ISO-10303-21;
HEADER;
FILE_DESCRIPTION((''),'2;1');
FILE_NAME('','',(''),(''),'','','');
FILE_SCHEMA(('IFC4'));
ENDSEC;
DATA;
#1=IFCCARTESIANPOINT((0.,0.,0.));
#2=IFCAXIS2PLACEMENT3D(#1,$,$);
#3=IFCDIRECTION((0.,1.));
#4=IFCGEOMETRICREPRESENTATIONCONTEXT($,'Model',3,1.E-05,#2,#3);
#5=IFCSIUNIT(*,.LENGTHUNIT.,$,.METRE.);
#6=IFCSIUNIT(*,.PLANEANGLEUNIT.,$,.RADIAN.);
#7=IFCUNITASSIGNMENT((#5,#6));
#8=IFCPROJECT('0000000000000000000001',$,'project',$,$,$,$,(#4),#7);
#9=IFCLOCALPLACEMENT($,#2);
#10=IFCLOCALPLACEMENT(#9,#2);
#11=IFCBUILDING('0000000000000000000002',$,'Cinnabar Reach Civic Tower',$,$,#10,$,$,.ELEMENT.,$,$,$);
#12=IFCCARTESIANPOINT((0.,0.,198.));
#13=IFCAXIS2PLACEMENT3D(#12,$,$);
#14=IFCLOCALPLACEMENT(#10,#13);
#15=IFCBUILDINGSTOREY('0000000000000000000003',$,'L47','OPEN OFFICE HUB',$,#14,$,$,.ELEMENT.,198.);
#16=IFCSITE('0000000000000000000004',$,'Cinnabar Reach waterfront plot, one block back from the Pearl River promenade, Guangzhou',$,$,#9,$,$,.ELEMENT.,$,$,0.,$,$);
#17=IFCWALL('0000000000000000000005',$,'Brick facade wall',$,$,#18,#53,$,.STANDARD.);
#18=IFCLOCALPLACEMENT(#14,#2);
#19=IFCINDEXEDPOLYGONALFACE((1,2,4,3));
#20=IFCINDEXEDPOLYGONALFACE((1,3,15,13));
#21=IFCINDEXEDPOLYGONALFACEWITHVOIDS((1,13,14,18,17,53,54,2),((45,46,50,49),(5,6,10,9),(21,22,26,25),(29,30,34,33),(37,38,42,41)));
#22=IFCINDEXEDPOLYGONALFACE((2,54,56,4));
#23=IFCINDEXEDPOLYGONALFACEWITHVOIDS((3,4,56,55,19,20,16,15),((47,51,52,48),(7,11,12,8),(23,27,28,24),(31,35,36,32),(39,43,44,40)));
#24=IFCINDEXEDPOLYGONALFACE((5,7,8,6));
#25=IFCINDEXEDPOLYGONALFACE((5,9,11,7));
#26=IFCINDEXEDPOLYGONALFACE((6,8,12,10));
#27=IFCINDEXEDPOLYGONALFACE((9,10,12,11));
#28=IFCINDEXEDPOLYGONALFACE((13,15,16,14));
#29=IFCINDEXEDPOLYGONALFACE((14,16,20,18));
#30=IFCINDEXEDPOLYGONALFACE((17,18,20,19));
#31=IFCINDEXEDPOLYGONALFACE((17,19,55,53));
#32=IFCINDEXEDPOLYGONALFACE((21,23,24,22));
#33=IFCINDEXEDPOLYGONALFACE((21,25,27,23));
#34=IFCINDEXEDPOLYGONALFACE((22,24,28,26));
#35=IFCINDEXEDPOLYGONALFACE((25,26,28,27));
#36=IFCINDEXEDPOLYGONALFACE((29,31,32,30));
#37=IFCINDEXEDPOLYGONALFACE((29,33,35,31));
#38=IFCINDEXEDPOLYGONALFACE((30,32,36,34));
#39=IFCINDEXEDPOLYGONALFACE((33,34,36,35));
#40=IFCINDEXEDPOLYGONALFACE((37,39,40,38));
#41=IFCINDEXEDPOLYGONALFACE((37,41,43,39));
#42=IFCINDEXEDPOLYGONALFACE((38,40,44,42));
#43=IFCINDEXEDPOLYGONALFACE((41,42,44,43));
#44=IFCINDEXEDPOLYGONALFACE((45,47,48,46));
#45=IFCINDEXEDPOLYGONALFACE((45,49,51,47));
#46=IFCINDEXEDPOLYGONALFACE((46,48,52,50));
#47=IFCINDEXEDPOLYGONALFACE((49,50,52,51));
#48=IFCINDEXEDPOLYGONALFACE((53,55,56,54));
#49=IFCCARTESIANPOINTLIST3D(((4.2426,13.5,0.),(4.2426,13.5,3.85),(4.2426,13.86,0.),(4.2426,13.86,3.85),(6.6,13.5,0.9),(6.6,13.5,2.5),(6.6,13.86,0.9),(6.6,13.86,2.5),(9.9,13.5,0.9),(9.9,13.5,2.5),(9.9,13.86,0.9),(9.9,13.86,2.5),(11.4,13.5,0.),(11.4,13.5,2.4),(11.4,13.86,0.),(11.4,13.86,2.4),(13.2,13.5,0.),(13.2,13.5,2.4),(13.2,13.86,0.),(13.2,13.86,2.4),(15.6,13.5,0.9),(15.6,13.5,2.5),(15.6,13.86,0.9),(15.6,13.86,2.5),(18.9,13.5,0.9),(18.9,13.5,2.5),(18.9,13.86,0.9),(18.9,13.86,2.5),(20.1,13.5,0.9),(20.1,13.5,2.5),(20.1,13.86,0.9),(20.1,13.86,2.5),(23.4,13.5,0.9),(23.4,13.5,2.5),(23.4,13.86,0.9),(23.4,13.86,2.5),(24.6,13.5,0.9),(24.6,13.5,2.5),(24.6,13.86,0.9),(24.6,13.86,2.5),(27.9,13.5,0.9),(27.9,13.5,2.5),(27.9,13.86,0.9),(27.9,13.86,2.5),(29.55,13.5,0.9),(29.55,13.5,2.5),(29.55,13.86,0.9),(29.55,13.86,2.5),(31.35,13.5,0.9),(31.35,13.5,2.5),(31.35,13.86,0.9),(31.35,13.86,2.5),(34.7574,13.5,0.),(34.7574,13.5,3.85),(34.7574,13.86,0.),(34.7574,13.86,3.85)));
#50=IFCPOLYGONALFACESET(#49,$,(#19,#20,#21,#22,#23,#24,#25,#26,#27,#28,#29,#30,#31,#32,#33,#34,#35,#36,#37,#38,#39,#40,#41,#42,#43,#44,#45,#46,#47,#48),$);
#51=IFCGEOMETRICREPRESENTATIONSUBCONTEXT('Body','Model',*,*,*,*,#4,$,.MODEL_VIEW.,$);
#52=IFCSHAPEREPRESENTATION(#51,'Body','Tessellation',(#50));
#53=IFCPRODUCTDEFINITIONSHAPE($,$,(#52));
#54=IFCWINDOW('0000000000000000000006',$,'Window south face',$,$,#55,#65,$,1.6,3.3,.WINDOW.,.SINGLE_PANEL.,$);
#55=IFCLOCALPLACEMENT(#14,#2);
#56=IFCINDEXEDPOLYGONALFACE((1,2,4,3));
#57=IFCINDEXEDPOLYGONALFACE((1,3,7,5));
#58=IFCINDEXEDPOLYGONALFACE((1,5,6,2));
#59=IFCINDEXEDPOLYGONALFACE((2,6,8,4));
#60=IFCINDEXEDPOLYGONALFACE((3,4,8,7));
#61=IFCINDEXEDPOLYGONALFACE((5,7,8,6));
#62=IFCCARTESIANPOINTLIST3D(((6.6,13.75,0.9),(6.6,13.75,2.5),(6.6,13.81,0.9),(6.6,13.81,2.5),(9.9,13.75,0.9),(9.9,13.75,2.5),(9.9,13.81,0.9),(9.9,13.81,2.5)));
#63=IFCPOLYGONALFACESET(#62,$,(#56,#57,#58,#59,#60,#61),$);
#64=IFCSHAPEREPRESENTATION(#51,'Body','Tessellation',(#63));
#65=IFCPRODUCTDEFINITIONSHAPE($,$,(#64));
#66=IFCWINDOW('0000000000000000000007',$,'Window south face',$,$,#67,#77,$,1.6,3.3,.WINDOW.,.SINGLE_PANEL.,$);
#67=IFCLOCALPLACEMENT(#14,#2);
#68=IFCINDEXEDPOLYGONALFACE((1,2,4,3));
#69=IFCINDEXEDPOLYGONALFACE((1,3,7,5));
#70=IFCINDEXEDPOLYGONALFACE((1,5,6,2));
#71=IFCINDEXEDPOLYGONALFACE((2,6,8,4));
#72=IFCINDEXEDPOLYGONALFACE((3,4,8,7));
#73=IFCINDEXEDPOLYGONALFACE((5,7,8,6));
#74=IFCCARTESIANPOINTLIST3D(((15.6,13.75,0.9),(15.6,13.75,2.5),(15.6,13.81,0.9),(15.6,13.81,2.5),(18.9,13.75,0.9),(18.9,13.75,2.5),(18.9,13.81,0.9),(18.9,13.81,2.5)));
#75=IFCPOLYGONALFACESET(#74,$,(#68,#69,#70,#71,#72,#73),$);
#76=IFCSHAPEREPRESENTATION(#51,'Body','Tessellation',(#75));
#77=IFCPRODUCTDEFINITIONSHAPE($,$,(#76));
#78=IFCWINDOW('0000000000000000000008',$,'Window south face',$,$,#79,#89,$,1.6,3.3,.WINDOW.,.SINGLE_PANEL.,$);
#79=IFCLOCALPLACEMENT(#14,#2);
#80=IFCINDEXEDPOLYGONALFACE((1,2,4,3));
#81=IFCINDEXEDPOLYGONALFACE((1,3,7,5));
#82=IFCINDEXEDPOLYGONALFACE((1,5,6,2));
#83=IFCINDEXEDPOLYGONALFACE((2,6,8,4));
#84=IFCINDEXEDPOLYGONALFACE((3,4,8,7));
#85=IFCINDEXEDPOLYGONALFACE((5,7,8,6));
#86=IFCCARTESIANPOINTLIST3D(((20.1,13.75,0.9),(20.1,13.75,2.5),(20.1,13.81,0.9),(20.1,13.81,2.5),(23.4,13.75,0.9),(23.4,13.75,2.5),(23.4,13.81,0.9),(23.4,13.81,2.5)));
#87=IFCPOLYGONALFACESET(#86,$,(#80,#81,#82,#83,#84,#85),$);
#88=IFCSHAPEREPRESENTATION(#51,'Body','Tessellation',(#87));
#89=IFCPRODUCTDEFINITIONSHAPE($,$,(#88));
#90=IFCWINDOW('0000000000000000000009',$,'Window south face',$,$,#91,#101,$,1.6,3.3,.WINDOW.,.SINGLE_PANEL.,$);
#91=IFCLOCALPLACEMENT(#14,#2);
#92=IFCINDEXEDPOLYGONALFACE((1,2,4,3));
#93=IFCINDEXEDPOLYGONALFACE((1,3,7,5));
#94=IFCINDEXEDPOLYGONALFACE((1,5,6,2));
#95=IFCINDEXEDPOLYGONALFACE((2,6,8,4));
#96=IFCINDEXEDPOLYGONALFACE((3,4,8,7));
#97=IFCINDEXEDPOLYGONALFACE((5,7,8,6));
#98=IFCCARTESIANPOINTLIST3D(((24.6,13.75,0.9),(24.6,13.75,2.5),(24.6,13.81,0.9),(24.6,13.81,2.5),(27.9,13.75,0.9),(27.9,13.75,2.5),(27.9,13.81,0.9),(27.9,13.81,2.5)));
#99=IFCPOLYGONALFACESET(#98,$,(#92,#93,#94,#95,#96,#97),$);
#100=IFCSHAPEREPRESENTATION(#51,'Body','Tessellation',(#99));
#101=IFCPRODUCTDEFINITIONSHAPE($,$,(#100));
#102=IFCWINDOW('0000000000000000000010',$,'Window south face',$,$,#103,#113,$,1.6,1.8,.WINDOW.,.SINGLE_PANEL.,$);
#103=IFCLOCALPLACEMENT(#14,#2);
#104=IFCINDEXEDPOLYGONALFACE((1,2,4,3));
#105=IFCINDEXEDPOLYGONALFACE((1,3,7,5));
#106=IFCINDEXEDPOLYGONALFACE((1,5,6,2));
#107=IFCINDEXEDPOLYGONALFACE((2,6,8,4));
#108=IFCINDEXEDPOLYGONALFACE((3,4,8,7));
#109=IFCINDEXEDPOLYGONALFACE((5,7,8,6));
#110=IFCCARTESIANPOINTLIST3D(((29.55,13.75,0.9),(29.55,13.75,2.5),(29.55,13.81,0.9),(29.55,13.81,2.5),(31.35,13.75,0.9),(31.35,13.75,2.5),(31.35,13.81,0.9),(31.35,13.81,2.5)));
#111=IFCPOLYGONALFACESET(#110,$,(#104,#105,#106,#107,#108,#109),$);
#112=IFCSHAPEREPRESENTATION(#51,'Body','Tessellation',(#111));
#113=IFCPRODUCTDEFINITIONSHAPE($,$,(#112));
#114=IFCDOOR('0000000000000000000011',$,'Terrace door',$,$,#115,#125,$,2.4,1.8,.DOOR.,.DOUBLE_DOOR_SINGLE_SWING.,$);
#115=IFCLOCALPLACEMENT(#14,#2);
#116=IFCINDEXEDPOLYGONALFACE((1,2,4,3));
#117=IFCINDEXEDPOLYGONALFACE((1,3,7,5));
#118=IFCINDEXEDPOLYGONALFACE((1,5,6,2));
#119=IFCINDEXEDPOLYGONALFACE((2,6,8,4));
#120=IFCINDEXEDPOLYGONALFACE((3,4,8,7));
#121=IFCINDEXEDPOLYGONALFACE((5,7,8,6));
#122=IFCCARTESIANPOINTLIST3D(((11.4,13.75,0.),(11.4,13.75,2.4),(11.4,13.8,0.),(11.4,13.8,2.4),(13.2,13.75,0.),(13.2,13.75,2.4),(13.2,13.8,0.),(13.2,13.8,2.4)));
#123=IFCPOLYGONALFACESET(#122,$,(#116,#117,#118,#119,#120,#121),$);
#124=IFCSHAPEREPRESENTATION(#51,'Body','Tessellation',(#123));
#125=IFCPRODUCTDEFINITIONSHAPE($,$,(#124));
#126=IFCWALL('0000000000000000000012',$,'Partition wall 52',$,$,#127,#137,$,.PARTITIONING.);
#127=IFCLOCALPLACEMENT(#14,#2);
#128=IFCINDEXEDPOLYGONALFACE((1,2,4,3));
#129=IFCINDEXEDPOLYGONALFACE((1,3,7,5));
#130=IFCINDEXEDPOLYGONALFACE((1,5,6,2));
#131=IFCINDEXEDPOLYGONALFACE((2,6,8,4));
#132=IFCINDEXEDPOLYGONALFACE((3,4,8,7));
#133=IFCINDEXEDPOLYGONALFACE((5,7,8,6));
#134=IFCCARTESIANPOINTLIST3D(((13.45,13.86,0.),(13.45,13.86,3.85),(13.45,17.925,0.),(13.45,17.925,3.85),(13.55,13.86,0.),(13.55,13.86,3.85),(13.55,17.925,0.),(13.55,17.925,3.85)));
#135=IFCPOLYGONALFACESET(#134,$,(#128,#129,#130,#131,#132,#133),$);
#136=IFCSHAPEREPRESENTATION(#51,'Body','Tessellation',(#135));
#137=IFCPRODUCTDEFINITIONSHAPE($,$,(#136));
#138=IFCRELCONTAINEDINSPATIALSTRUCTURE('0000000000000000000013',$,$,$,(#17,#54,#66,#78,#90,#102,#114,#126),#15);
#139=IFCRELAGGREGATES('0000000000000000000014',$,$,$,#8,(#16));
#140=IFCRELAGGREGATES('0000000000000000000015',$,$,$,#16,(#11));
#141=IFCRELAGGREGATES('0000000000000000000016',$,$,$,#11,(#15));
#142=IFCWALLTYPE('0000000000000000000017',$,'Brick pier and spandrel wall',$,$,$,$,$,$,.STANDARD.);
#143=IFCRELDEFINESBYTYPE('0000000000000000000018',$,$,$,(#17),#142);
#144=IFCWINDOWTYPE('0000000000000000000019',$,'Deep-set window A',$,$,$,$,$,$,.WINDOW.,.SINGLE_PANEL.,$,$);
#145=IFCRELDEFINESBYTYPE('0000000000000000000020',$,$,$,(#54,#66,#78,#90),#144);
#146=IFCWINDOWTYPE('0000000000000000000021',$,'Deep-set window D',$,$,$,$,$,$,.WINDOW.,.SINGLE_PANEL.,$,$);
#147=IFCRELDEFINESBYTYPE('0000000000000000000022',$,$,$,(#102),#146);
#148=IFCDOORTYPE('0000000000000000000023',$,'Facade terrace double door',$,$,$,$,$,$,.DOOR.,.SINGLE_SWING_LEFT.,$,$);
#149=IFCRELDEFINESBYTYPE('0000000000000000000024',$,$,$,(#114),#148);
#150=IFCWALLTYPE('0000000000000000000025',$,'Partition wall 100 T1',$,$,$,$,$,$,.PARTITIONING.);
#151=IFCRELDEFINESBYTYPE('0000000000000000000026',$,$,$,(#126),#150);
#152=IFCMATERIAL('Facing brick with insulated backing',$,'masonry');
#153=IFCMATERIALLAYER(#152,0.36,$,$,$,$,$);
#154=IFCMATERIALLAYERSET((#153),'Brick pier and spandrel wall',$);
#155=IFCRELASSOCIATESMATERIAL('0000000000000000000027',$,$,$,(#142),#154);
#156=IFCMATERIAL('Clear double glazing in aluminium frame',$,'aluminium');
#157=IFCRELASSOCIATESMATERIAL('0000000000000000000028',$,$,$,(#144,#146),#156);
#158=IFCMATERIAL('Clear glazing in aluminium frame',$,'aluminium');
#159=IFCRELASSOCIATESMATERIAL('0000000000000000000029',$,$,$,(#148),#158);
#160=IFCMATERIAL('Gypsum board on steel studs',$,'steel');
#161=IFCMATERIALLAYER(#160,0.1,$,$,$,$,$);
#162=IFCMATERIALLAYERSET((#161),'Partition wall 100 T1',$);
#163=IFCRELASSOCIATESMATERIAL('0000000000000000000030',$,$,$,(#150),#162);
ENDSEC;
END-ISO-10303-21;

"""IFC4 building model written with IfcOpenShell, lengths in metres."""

from ifc_helpers import new_model, si_unit, direction, frame, frame_2d, origin, place, context, subcontext, project, spatial, rectangle, extrude, material, layer, layer_set, type_object, element, fill, save


model = new_model("IFC4")

# Units and contexts
model_context = context("Model", 3, precision=1e-05, world=origin(), true_north=direction((0.0, 1.0)))
body_context = subcontext(model_context, "Body", "Model", "MODEL_VIEW")
ifc_project = project(units=[si_unit("LENGTHUNIT", "METRE"), si_unit("PLANEANGLEUNIT", "RADIAN")], contexts=[model_context])

# Site, building, storey
site_placement = place(None, origin())
site = spatial("IfcSite", under=ifc_project, at=site_placement, Name="Cinnabar Reach waterfront plot, one block back from the Pearl River promenade, Guangzhou", CompositionType="ELEMENT", RefElevation=0.0)
building_placement = place(site_placement, origin())
building = spatial("IfcBuilding", under=site, at=building_placement, Name="Cinnabar Reach Civic Tower", CompositionType="ELEMENT")
storey_placement = place(building_placement, frame((0.0, 0.0, 198.0)))
storey = spatial("IfcBuildingStorey", under=building, at=storey_placement, Name="L47", Description="OPEN OFFICE HUB", CompositionType="ELEMENT", Elevation=198.0)

# Shared definitions
ifc_material_1 = material(Name="Facing brick with insulated backing", Category="masonry")

# Wall, openings, windows, door
ifc_layer_1 = layer(ifc_material_1, 0.36)
ifc_layer_set_1 = layer_set([ifc_layer_1], Name="Brick pier and spandrel wall")
wall_type_1 = type_object("IfcWallType", Name="Brick pier and spandrel wall", PredefinedType="STANDARD", material=ifc_layer_set_1)
wall_1_placement = place(storey_placement, frame((4.2426, 13.68, 0.0), z_axis=(0.0, 0.0, 1.0), x_axis=(1.0, 0.0, 0.0)))
wall_1 = element("IfcWall", 1, at=wall_1_placement, inside=storey, type_object=wall_type_1, Name="Brick facade wall", PredefinedType="STANDARD", context=body_context, shape_type="SweptSolid", body=[
    extrude(rectangle(XDim=30.5148, YDim=0.36, at=frame_2d((15.2574, 0.0))), origin(), (0.0, 0.0, 1.0), 3.85),
])
opening_1_placement = place(wall_1_placement, frame((2.3574, 0.0, 0.9)))
opening_1 = element("IfcOpeningElement", 2, at=opening_1_placement, cuts=wall_1, PredefinedType="OPENING", context=body_context, shape_type="SweptSolid", body=[
    extrude(rectangle(XDim=3.3, YDim=1.6, at=frame_2d((1.65, 0.8))), frame((0.0, 0.19, 0.0), z_axis=(0.0, -1.0, 0.0), x_axis=(1.0, 0.0, 0.0)), (0.0, 0.0, 1.0), 0.38),
])
opening_2_placement = place(wall_1_placement, frame((7.1574, 0.0, 0.0)))
opening_2 = element("IfcOpeningElement", 3, at=opening_2_placement, cuts=wall_1, PredefinedType="OPENING", context=body_context, shape_type="SweptSolid", body=[
    extrude(rectangle(XDim=1.8, YDim=2.4, at=frame_2d((0.9, 1.2))), frame((0.0, 0.19, 0.0), z_axis=(0.0, -1.0, 0.0), x_axis=(1.0, 0.0, 0.0)), (0.0, 0.0, 1.0), 0.38),
])
opening_3_placement = place(wall_1_placement, frame((11.3574, 0.0, 0.9)))
opening_3 = element("IfcOpeningElement", 4, at=opening_3_placement, cuts=wall_1, PredefinedType="OPENING", context=body_context, shape_type="SweptSolid", body=[
    extrude(rectangle(XDim=3.3, YDim=1.6, at=frame_2d((1.65, 0.8))), frame((0.0, 0.19, 0.0), z_axis=(0.0, -1.0, 0.0), x_axis=(1.0, 0.0, 0.0)), (0.0, 0.0, 1.0), 0.38),
])
opening_4_placement = place(wall_1_placement, frame((15.8574, 0.0, 0.9)))
opening_4 = element("IfcOpeningElement", 5, at=opening_4_placement, cuts=wall_1, PredefinedType="OPENING", context=body_context, shape_type="SweptSolid", body=[
    extrude(rectangle(XDim=3.3, YDim=1.6, at=frame_2d((1.65, 0.8))), frame((0.0, 0.19, 0.0), z_axis=(0.0, -1.0, 0.0), x_axis=(1.0, 0.0, 0.0)), (0.0, 0.0, 1.0), 0.38),
])
opening_5_placement = place(wall_1_placement, frame((20.3574, 0.0, 0.9)))
opening_5 = element("IfcOpeningElement", 6, at=opening_5_placement, cuts=wall_1, PredefinedType="OPENING", context=body_context, shape_type="SweptSolid", body=[
    extrude(rectangle(XDim=3.3, YDim=1.6, at=frame_2d((1.65, 0.8))), frame((0.0, 0.19, 0.0), z_axis=(0.0, -1.0, 0.0), x_axis=(1.0, 0.0, 0.0)), (0.0, 0.0, 1.0), 0.38),
])
opening_6_placement = place(wall_1_placement, frame((25.3074, 0.0, 0.9)))
opening_6 = element("IfcOpeningElement", 7, at=opening_6_placement, cuts=wall_1, PredefinedType="OPENING", context=body_context, shape_type="SweptSolid", body=[
    extrude(rectangle(XDim=1.8, YDim=1.6, at=frame_2d((0.9, 0.8))), frame((0.0, 0.19, 0.0), z_axis=(0.0, -1.0, 0.0), x_axis=(1.0, 0.0, 0.0)), (0.0, 0.0, 1.0), 0.38),
])
ifc_material_2 = material(Name="Clear double glazing in aluminium frame", Category="aluminium")
window_type_1 = type_object("IfcWindowType", Name="Deep-set window A", PartitioningType="SINGLE_PANEL", PredefinedType="WINDOW", material=ifc_material_2)
window_1_placement = place(opening_1_placement, origin())
window_1 = element("IfcWindow", 8, at=window_1_placement, inside=storey, type_object=window_type_1, Name="Window south face", OverallHeight=1.6, OverallWidth=3.3, PartitioningType="SINGLE_PANEL", PredefinedType="WINDOW", context=body_context, shape_type="SweptSolid", body=[
    extrude(rectangle(XDim=3.3, YDim=1.6, at=frame_2d((1.65, 0.8))), frame((0.0, 0.13, 0.0), z_axis=(0.0, -1.0, 0.0), x_axis=(1.0, 0.0, 0.0)), (0.0, 0.0, 1.0), 0.06),
])
fill(opening_1, window_1)
window_2_placement = place(opening_3_placement, origin())
window_2 = element("IfcWindow", 9, at=window_2_placement, inside=storey, type_object=window_type_1, Name="Window south face", OverallHeight=1.6, OverallWidth=3.3, PartitioningType="SINGLE_PANEL", PredefinedType="WINDOW", context=body_context, shape_type="SweptSolid", body=[
    extrude(rectangle(XDim=3.3, YDim=1.6, at=frame_2d((1.65, 0.8))), frame((0.0, 0.13, 0.0), z_axis=(0.0, -1.0, 0.0), x_axis=(1.0, 0.0, 0.0)), (0.0, 0.0, 1.0), 0.06),
])
fill(opening_3, window_2)
window_3_placement = place(opening_4_placement, origin())
window_3 = element("IfcWindow", 10, at=window_3_placement, inside=storey, type_object=window_type_1, Name="Window south face", OverallHeight=1.6, OverallWidth=3.3, PartitioningType="SINGLE_PANEL", PredefinedType="WINDOW", context=body_context, shape_type="SweptSolid", body=[
    extrude(rectangle(XDim=3.3, YDim=1.6, at=frame_2d((1.65, 0.8))), frame((0.0, 0.13, 0.0), z_axis=(0.0, -1.0, 0.0), x_axis=(1.0, 0.0, 0.0)), (0.0, 0.0, 1.0), 0.06),
])
fill(opening_4, window_3)
window_4_placement = place(opening_5_placement, origin())
window_4 = element("IfcWindow", 11, at=window_4_placement, inside=storey, type_object=window_type_1, Name="Window south face", OverallHeight=1.6, OverallWidth=3.3, PartitioningType="SINGLE_PANEL", PredefinedType="WINDOW", context=body_context, shape_type="SweptSolid", body=[
    extrude(rectangle(XDim=3.3, YDim=1.6, at=frame_2d((1.65, 0.8))), frame((0.0, 0.13, 0.0), z_axis=(0.0, -1.0, 0.0), x_axis=(1.0, 0.0, 0.0)), (0.0, 0.0, 1.0), 0.06),
])
fill(opening_5, window_4)
window_type_2 = type_object("IfcWindowType", Name="Deep-set window D", PartitioningType="SINGLE_PANEL", PredefinedType="WINDOW", material=ifc_material_2)
window_5_placement = place(opening_6_placement, origin())
window_5 = element("IfcWindow", 12, at=window_5_placement, inside=storey, type_object=window_type_2, Name="Window south face", OverallHeight=1.6, OverallWidth=1.8, PartitioningType="SINGLE_PANEL", PredefinedType="WINDOW", context=body_context, shape_type="SweptSolid", body=[
    extrude(rectangle(XDim=1.8, YDim=1.6, at=frame_2d((0.9, 0.8))), frame((0.0, 0.13, 0.0), z_axis=(0.0, -1.0, 0.0), x_axis=(1.0, 0.0, 0.0)), (0.0, 0.0, 1.0), 0.06),
])
fill(opening_6, window_5)
ifc_material_3 = material(Name="Clear glazing in aluminium frame", Category="aluminium")
door_type = type_object("IfcDoorType", Name="Facade terrace double door", OperationType="SINGLE_SWING_LEFT", PredefinedType="DOOR", material=ifc_material_3)
door_placement = place(opening_2_placement, frame((1.8, 0.0, 0.0), z_axis=(0.0, 0.0, 1.0), x_axis=(-1.0, 0.0, 0.0)))
door = element("IfcDoor", 13, at=door_placement, inside=storey, type_object=door_type, Name="Terrace door", OperationType="DOUBLE_DOOR_SINGLE_SWING", OverallHeight=2.4, OverallWidth=1.8, PredefinedType="DOOR", context=body_context, shape_type="SweptSolid", body=[
    extrude(rectangle(XDim=1.8, YDim=2.4, at=frame_2d((0.9, 1.2))), frame((0.0, -0.07, 0.0), z_axis=(0.0, -1.0, 0.0), x_axis=(1.0, 0.0, 0.0)), (0.0, 0.0, 1.0), 0.05),
])
fill(opening_2, door)

# Wall
ifc_material_4 = material(Name="Gypsum board on steel studs", Category="steel")
ifc_layer_2 = layer(ifc_material_4, 0.1)
ifc_layer_set_2 = layer_set([ifc_layer_2], Name="Partition wall 100 T1")
wall_type_2 = type_object("IfcWallType", Name="Partition wall 100 T1", PredefinedType="PARTITIONING", material=ifc_layer_set_2)
wall_2_placement = place(storey_placement, frame((13.5, 13.86, 0.0), z_axis=(0.0, 0.0, 1.0), x_axis=(0.0, 1.0, 0.0)))
element("IfcWall", 14, at=wall_2_placement, inside=storey, type_object=wall_type_2, Name="Partition wall 52", PredefinedType="PARTITIONING", context=body_context, shape_type="SweptSolid", body=[
    extrude(rectangle(XDim=4.065, YDim=0.1, at=frame_2d((2.0325, 0.0))), origin(), (0.0, 0.0, 1.0), 3.85),
])

save(model, "model.ifc")
